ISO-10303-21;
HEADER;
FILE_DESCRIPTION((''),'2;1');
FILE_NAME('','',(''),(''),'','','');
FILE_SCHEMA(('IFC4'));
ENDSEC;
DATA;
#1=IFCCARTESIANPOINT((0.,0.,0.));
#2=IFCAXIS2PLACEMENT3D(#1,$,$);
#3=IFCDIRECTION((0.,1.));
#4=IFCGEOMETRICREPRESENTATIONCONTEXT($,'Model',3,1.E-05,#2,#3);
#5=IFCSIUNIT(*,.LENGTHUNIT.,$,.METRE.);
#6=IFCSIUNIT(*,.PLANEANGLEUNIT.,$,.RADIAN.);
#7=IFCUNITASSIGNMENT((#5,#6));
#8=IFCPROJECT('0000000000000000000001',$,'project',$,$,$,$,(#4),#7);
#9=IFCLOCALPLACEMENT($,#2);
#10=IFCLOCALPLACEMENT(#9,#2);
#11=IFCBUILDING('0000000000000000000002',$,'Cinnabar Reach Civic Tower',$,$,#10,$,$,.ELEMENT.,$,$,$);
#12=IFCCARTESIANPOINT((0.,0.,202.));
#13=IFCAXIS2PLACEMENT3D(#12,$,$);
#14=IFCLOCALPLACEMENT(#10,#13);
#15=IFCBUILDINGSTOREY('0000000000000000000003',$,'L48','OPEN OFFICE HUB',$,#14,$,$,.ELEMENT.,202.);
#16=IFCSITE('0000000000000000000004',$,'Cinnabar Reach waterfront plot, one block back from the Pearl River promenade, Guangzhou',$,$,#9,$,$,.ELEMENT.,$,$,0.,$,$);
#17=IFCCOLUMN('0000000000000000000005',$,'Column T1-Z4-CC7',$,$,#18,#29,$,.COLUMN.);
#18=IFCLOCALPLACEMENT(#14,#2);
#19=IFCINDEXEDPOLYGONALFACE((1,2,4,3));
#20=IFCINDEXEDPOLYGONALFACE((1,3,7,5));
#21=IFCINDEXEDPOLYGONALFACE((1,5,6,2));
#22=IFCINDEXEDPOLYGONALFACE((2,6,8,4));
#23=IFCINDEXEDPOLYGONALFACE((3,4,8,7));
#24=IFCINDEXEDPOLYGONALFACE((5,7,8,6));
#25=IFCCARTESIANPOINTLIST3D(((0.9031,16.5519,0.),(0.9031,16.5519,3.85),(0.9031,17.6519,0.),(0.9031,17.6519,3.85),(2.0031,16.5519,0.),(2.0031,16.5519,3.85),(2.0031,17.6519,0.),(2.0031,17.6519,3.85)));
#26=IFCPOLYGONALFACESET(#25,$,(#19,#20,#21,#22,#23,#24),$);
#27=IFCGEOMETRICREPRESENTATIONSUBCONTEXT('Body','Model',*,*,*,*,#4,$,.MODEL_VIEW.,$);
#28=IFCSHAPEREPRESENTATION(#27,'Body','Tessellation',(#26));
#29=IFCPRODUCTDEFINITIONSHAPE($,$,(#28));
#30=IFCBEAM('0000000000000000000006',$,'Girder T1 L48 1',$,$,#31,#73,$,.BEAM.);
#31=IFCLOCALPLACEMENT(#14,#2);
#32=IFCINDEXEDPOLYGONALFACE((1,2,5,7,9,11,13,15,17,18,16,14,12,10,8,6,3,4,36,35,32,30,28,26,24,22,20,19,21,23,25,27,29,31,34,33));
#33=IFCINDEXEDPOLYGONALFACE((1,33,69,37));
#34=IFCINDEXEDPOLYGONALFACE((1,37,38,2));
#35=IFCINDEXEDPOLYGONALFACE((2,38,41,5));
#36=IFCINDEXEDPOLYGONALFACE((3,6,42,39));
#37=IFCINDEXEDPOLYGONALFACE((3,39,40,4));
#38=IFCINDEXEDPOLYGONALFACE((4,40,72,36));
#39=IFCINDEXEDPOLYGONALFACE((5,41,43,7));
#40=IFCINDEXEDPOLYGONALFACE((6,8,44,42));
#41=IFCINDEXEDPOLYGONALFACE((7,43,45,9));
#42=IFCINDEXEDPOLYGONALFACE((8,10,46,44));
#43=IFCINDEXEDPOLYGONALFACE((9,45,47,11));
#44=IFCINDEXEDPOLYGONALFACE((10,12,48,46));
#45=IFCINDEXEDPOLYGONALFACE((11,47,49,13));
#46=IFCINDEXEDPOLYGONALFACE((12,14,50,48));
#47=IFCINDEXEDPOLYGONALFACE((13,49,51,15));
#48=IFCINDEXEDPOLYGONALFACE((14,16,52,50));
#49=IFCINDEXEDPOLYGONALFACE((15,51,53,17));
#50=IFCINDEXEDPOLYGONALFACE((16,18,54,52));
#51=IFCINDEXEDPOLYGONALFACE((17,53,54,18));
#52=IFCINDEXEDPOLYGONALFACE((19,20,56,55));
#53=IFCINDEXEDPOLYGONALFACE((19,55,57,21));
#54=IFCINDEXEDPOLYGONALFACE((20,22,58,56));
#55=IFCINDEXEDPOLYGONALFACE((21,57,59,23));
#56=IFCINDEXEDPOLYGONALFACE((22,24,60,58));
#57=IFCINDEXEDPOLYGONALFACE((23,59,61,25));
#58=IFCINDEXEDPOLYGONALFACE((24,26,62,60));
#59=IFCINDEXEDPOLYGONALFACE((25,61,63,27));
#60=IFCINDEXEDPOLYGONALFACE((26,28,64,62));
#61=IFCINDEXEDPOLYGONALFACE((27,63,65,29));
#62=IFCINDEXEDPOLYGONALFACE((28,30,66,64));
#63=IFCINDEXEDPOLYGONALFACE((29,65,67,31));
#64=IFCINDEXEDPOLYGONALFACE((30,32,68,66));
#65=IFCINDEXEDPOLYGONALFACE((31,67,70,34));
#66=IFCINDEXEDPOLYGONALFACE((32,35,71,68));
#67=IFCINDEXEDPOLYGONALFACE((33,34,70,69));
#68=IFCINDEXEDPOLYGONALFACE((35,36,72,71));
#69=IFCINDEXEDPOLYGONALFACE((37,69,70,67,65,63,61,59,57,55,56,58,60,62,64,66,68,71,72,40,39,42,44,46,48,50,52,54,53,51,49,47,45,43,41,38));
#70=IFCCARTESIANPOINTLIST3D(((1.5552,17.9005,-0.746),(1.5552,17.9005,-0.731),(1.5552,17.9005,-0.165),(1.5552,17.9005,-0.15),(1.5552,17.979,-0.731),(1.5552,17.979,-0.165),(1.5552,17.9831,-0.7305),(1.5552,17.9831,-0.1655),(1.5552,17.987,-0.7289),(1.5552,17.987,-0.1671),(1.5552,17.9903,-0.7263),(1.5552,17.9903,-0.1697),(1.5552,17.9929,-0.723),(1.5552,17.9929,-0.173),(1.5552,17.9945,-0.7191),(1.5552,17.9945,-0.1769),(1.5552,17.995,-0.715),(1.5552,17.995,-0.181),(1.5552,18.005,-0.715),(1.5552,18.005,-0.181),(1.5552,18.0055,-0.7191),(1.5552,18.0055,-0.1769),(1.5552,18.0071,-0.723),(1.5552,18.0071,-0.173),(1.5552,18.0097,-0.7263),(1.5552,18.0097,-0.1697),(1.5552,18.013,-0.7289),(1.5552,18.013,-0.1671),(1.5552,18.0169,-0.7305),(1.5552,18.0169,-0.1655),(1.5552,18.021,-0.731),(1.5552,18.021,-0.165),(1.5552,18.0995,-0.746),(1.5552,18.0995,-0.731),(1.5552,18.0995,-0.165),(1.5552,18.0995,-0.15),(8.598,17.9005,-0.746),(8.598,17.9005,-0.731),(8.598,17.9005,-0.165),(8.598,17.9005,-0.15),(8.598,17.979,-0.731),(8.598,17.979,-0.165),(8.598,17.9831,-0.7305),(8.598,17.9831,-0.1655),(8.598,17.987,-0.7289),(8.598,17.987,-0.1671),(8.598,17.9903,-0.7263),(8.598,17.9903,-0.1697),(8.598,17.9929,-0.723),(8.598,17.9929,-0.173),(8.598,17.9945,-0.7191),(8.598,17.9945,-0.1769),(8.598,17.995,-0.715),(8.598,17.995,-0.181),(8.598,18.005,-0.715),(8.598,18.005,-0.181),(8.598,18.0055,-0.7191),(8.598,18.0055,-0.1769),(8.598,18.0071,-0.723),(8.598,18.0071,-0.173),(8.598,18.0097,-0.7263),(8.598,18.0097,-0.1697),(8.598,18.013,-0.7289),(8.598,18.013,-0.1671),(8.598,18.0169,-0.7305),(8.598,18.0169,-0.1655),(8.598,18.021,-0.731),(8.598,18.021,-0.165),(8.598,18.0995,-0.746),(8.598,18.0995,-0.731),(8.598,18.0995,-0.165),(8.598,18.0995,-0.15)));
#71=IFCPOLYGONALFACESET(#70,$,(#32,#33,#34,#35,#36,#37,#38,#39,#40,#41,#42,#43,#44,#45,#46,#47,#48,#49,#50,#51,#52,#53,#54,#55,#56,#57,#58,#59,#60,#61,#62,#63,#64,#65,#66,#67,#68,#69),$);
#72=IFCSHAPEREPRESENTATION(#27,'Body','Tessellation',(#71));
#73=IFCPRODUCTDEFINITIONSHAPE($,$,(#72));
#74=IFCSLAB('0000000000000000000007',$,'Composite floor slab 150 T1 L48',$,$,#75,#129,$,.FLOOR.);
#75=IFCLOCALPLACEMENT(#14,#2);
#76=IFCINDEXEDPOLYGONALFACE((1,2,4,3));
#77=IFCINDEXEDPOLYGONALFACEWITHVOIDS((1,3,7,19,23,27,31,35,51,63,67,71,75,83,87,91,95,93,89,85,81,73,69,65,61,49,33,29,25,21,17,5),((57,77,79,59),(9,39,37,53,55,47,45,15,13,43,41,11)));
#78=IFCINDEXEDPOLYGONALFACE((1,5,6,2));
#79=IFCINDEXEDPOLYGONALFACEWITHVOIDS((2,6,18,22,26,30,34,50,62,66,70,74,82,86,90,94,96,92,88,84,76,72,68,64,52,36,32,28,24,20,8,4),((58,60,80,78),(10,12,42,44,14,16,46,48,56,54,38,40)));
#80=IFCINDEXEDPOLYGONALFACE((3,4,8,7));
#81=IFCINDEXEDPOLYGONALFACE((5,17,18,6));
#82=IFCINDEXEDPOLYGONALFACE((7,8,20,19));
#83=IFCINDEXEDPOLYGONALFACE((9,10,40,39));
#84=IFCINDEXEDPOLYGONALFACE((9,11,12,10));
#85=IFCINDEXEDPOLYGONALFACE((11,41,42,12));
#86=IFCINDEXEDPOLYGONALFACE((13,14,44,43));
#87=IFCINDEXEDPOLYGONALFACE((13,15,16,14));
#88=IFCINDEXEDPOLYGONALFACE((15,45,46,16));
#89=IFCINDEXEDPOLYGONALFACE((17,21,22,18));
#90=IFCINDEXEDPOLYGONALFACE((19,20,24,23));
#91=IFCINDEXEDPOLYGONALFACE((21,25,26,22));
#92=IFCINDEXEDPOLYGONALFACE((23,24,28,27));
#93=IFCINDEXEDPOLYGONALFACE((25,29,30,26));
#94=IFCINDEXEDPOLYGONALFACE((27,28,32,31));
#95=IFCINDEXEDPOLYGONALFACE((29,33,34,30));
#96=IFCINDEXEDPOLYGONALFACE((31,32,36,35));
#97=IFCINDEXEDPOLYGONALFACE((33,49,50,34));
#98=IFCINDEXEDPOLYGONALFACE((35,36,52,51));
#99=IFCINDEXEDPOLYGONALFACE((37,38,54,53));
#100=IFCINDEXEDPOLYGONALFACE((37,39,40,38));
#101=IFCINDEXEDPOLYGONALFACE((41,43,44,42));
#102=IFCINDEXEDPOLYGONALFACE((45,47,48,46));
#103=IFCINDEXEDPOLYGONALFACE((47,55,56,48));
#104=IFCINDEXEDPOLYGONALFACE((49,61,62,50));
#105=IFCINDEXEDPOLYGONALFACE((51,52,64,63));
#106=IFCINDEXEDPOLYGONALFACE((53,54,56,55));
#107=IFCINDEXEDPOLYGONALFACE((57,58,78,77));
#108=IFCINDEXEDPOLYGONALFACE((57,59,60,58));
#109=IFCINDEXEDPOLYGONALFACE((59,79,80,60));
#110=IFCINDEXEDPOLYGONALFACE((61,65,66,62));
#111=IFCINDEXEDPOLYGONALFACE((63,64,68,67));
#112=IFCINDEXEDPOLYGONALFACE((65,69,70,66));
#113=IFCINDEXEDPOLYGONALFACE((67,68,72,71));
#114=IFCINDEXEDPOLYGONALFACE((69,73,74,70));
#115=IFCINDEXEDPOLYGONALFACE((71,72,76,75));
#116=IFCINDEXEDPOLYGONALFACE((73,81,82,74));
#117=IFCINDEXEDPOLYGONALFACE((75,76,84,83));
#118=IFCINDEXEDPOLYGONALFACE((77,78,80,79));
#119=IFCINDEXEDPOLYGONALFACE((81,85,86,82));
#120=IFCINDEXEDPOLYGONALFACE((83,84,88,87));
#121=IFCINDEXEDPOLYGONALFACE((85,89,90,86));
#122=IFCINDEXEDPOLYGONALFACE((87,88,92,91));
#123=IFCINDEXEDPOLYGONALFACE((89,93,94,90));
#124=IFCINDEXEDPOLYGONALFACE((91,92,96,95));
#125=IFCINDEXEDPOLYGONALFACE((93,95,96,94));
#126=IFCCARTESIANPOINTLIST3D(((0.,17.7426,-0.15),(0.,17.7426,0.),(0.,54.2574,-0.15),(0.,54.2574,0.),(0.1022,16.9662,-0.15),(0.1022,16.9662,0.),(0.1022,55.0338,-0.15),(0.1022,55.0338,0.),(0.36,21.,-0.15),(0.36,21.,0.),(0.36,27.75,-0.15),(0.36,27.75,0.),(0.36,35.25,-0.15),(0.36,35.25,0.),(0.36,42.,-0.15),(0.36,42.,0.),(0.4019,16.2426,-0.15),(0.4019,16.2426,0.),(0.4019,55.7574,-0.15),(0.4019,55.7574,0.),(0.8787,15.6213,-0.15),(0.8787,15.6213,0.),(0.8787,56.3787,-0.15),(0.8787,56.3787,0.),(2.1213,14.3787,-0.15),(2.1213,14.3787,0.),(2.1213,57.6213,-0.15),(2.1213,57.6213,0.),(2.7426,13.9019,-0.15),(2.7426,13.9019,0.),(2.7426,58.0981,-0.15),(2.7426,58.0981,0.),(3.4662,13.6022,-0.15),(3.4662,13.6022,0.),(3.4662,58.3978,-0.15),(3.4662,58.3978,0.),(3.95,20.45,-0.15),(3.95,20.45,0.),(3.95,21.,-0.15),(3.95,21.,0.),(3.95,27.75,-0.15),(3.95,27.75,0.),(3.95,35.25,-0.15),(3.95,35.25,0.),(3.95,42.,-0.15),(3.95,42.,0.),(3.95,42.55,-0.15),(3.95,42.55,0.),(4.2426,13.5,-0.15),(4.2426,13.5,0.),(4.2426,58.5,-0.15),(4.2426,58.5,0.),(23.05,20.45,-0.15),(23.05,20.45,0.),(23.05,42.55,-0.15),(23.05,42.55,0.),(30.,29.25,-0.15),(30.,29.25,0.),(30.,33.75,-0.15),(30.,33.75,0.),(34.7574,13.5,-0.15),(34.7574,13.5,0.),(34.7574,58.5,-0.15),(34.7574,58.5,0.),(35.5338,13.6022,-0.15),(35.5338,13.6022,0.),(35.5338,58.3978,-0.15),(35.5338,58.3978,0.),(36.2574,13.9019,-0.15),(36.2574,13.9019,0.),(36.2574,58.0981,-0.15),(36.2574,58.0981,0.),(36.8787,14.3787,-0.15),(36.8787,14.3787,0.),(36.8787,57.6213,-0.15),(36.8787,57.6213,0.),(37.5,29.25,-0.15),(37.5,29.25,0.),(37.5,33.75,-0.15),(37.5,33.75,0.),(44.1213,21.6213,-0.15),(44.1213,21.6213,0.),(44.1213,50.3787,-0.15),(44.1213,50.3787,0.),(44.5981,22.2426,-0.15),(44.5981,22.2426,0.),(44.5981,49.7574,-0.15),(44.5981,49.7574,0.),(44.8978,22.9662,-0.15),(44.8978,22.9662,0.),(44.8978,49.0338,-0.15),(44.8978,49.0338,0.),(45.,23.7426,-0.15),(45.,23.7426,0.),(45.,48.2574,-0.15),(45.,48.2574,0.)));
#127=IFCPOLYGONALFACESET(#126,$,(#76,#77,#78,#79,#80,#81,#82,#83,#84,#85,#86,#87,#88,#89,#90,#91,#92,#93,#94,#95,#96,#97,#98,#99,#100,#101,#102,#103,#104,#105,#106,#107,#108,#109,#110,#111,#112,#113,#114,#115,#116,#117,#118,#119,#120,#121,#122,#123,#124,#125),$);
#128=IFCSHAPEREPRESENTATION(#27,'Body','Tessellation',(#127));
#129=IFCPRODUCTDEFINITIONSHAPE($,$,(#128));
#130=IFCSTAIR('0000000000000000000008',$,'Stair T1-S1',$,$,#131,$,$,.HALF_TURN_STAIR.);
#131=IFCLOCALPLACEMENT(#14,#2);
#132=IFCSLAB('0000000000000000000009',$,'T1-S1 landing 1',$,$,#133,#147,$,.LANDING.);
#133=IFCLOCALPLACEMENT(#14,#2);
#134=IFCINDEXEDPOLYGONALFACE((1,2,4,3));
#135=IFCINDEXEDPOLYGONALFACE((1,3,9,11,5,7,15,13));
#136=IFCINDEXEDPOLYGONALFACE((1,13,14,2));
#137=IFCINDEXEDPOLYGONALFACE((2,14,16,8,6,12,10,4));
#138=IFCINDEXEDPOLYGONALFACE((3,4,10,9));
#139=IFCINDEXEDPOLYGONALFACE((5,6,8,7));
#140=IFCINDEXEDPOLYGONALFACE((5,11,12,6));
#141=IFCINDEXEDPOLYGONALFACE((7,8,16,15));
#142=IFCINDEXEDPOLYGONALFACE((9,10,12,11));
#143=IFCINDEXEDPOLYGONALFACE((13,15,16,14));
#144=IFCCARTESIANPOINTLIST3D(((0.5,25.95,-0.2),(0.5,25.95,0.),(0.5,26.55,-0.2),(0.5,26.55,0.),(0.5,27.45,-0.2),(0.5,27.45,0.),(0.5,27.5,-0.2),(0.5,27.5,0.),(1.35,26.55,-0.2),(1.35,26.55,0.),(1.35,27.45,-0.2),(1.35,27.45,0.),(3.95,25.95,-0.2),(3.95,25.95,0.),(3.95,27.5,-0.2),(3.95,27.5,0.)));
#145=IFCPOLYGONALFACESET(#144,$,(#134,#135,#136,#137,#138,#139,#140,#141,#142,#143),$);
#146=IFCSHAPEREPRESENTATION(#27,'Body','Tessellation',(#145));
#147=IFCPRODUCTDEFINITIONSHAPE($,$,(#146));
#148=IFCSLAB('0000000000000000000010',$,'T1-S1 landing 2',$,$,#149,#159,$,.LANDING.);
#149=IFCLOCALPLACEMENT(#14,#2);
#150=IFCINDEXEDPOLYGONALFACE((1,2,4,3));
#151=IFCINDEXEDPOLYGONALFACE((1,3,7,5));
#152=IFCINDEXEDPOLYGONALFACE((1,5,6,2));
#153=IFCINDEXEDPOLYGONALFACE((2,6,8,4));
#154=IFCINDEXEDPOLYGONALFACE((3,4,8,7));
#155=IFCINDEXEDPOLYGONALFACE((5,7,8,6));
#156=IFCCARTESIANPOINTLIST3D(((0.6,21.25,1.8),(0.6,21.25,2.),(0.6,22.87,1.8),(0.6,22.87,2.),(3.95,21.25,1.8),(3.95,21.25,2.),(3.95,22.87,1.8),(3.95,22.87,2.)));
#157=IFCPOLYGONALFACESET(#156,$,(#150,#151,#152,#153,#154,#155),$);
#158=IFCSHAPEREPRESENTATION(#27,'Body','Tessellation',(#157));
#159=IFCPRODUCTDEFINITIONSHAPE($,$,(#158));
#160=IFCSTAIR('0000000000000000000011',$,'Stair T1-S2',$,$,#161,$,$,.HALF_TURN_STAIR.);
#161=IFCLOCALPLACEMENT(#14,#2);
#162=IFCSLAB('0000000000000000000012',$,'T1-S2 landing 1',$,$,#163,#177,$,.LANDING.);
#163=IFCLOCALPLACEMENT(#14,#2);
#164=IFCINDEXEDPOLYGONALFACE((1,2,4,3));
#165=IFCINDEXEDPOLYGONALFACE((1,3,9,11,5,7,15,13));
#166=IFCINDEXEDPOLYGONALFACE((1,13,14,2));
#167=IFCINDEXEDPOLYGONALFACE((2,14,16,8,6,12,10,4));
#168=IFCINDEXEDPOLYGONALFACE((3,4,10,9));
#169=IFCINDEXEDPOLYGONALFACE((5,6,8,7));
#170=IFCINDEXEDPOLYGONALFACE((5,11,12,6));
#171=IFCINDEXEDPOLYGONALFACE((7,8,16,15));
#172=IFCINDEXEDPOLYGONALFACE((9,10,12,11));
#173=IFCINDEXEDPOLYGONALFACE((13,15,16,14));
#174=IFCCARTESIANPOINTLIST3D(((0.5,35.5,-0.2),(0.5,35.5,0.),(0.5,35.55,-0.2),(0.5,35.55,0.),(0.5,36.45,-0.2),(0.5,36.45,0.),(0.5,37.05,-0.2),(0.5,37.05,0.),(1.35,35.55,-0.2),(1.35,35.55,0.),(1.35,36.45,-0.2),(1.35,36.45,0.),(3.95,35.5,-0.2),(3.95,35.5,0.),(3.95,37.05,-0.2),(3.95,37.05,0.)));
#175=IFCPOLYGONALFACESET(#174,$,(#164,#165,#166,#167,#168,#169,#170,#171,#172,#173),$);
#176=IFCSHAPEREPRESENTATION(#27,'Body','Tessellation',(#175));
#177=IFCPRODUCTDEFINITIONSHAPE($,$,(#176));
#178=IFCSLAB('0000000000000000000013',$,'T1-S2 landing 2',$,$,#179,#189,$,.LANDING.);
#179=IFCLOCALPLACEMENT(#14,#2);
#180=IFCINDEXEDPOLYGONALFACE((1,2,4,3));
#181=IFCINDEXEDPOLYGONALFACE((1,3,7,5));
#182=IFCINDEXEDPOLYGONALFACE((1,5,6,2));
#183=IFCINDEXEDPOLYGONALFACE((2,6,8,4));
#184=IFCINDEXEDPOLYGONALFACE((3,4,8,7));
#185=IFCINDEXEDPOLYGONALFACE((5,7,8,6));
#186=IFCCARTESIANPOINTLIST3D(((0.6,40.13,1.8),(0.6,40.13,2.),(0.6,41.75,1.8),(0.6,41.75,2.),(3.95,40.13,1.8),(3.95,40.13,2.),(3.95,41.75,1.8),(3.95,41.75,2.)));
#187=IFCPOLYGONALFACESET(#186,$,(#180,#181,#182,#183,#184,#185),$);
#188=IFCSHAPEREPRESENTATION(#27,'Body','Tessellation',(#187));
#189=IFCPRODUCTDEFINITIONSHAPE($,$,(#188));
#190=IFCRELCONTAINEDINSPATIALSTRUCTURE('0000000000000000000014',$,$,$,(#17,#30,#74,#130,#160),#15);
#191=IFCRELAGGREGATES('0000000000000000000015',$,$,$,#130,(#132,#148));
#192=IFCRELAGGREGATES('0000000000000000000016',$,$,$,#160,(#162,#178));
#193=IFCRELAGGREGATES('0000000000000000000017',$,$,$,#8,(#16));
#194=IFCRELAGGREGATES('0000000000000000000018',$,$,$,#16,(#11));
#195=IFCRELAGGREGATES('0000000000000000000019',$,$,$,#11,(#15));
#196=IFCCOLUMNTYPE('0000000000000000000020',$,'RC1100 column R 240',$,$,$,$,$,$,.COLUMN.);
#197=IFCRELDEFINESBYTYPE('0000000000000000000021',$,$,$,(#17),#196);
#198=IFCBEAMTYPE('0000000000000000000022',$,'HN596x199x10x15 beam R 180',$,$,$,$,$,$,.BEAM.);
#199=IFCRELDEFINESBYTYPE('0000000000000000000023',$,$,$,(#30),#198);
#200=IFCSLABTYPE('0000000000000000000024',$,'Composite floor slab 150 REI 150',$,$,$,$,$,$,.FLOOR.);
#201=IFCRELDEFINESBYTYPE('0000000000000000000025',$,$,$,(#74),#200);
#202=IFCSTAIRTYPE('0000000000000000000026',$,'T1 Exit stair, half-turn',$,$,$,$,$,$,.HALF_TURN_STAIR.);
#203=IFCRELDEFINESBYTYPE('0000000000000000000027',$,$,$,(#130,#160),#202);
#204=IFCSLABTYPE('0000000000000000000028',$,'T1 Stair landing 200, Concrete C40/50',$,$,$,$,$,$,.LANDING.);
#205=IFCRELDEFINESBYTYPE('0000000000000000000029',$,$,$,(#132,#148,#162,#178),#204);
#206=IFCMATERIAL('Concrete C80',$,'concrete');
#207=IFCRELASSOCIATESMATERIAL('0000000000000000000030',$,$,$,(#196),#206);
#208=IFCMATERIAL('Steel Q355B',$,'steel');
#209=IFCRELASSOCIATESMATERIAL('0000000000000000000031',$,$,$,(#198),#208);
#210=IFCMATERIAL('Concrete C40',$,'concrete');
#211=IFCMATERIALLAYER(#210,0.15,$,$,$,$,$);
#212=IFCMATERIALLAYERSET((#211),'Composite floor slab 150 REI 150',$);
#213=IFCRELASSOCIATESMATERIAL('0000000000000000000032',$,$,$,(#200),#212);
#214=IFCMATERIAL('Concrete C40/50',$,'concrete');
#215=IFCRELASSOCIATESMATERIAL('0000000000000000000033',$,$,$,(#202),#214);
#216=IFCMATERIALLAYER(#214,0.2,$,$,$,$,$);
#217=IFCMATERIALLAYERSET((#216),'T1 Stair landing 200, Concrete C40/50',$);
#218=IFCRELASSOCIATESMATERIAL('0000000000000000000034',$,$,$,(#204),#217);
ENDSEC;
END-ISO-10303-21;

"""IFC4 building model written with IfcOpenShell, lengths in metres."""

from ifc_helpers import new_model, si_unit, direction, frame, origin, origin_2d, place, context, subcontext, project, spatial, polyline, rectangle, i_section, outline, extrude, material, layer, layer_set, material_profile, profile_set, type_object, element, aggregate, save


model = new_model("IFC4")

# Units and contexts
model_context = context("Model", 3, precision=1e-05, world=origin(), true_north=direction((0.0, 1.0)))
body_context = subcontext(model_context, "Body", "Model", "MODEL_VIEW")
ifc_project = project(units=[si_unit("LENGTHUNIT", "METRE"), si_unit("PLANEANGLEUNIT", "RADIAN")], contexts=[model_context])

# Site, building, storey
site_placement = place(None, origin())
site = spatial("IfcSite", under=ifc_project, at=site_placement, Name="Cinnabar Reach waterfront plot, one block back from the Pearl River promenade, Guangzhou", CompositionType="ELEMENT", RefElevation=0.0)
building_placement = place(site_placement, origin())
building = spatial("IfcBuilding", under=site, at=building_placement, Name="Cinnabar Reach Civic Tower", CompositionType="ELEMENT")
storey_placement = place(building_placement, frame((0.0, 0.0, 202.0)))
storey = spatial("IfcBuildingStorey", under=building, at=storey_placement, Name="L48", Description="OPEN OFFICE HUB", CompositionType="ELEMENT", Elevation=202.0)

# Column
ifc_material_1 = material(Name="Concrete C80", Category="concrete")
ifc_material_profile_1 = material_profile(ifc_material_1, rectangle(XDim=1.1, YDim=1.1, at=origin_2d()), Name="RC1100")
ifc_profile_set_1 = profile_set([ifc_material_profile_1], Name="Concrete C80")
column_type = type_object("IfcColumnType", Name="RC1100 column R 240", PredefinedType="COLUMN", material=ifc_profile_set_1)
column_placement = place(storey_placement, frame((1.4531, 17.1019, 0.0), z_axis=(0.0, 0.0, 1.0), x_axis=(1.0, 0.0, 0.0)))
element("IfcColumn", 1, at=column_placement, inside=storey, type_object=column_type, Name="Column T1-Z4-CC7", PredefinedType="COLUMN", context=body_context, shape_type="SweptSolid", body=[
    extrude(rectangle(XDim=1.1, YDim=1.1, at=origin_2d()), origin(), (0.0, 0.0, 1.0), 3.85),
])

# Beam
ifc_material_2 = material(Name="Steel Q355B", Category="steel")
ifc_material_profile_2 = material_profile(ifc_material_2, i_section(OverallWidth=0.199, OverallDepth=0.596, WebThickness=0.01, FlangeThickness=0.015, FilletRadius=0.016, at=origin_2d()), Name="HN596x199x10x15")
ifc_profile_set_2 = profile_set([ifc_material_profile_2], Name="Steel Q355B")
beam_type = type_object("IfcBeamType", Name="HN596x199x10x15 beam R 180", PredefinedType="BEAM", material=ifc_profile_set_2)
beam_placement = place(storey_placement, frame((1.5552, 18.0, -0.448), z_axis=(1.0, 0.0, 0.0), x_axis=(0.0, 1.0, 0.0)))
element("IfcBeam", 2, at=beam_placement, inside=storey, type_object=beam_type, Name="Girder T1 L48 1", PredefinedType="BEAM", context=body_context, shape_type="SweptSolid", body=[
    extrude(i_section(OverallWidth=0.199, OverallDepth=0.596, WebThickness=0.01, FlangeThickness=0.015, FilletRadius=0.016, at=origin_2d()), origin(), (0.0, 0.0, 1.0), 7.0428),
])

# Slab
ifc_material_3 = material(Name="Concrete C40", Category="concrete")
ifc_layer_1 = layer(ifc_material_3, 0.15)
ifc_layer_set_1 = layer_set([ifc_layer_1], Name="Composite floor slab 150 REI 150")
slab_type_1 = type_object("IfcSlabType", Name="Composite floor slab 150 REI 150", PredefinedType="FLOOR", material=ifc_layer_set_1)
slab_1_placement = place(storey_placement, frame((0.0, 0.0, -0.15)))
element("IfcSlab", 3, at=slab_1_placement, inside=storey, type_object=slab_type_1, Name="Composite floor slab 150 T1 L48", PredefinedType="FLOOR", context=body_context, shape_type="SweptSolid", body=[
    extrude(outline(polyline([(0.8787, 15.6213), (0.4019, 16.2426), (0.1022, 16.9662), (0.0, 17.7426), (0.0, 54.2574), (0.1022, 55.0338), (0.4019, 55.7574), (0.8787, 56.3787), (2.1213, 57.6213), (2.7426, 58.0981), (3.4662, 58.3978), (4.2426, 58.5), (34.7574, 58.5), (35.5338, 58.3978), (36.2574, 58.0981), (36.8787, 57.6213), (44.1213, 50.3787), (44.5981, 49.7574), (44.8978, 49.0338), (45.0, 48.2574), (45.0, 23.7426), (44.8978, 22.9662), (44.5981, 22.2426), (44.1213, 21.6213), (36.8787, 14.3787), (36.2574, 13.9019), (35.5338, 13.6022), (34.7574, 13.5), (4.2426, 13.5), (3.4662, 13.6022), (2.7426, 13.9019), (2.1213, 14.3787), (0.8787, 15.6213)]), holes=[polyline([(0.36, 21.0), (3.95, 21.0), (3.95, 20.45), (23.05, 20.45), (23.05, 42.55), (3.95, 42.55), (3.95, 42.0), (0.36, 42.0), (0.36, 35.25), (3.95, 35.25), (3.95, 27.75), (0.36, 27.75), (0.36, 21.0)]), polyline([(30.0, 33.75), (30.0, 29.25), (37.5, 29.25), (37.5, 33.75), (30.0, 33.75)])]), origin(), (0.0, 0.0, 1.0), 0.15),
])

# Stairs, slabs
ifc_material_4 = material(Name="Concrete C40/50", Category="concrete")
stair_type = type_object("IfcStairType", Name="T1 Exit stair, half-turn", PredefinedType="HALF_TURN_STAIR", material=ifc_material_4)
stair_1_placement = place(storey_placement, origin())
stair_1 = element("IfcStair", 4, at=stair_1_placement, inside=storey, type_object=stair_type, Name="Stair T1-S1", PredefinedType="HALF_TURN_STAIR")
ifc_layer_2 = layer(ifc_material_4, 0.2)
ifc_layer_set_2 = layer_set([ifc_layer_2], Name="T1 Stair landing 200, Concrete C40/50")
slab_type_2 = type_object("IfcSlabType", Name="T1 Stair landing 200, Concrete C40/50", PredefinedType="LANDING", material=ifc_layer_set_2)
slab_2_placement = place(storey_placement, frame((0.0, 0.0, -0.2)))
slab_2 = element("IfcSlab", 5, at=slab_2_placement, type_object=slab_type_2, Name="T1-S1 landing 1", PredefinedType="LANDING", context=body_context, shape_type="SweptSolid", body=[
    extrude(outline(polyline([(0.5, 27.5), (3.95, 27.5), (3.95, 25.95), (0.5, 25.95), (0.5, 26.55), (1.35, 26.55), (1.35, 27.45), (0.5, 27.45), (0.5, 27.5)])), origin(), (0.0, 0.0, 1.0), 0.2),
])
slab_3_placement = place(storey_placement, frame((0.0, 0.0, 1.8)))
slab_3 = element("IfcSlab", 6, at=slab_3_placement, type_object=slab_type_2, Name="T1-S1 landing 2", PredefinedType="LANDING", context=body_context, shape_type="SweptSolid", body=[
    extrude(outline(polyline([(0.6, 21.25), (0.6, 22.87), (3.95, 22.87), (3.95, 21.25), (0.6, 21.25)])), origin(), (0.0, 0.0, 1.0), 0.2),
])
aggregate(stair_1, [slab_2, slab_3])
stair_2_placement = place(storey_placement, origin())
stair_2 = element("IfcStair", 7, at=stair_2_placement, inside=storey, type_object=stair_type, Name="Stair T1-S2", PredefinedType="HALF_TURN_STAIR")
slab_4_placement = place(storey_placement, frame((0.0, 0.0, -0.2)))
slab_4 = element("IfcSlab", 8, at=slab_4_placement, type_object=slab_type_2, Name="T1-S2 landing 1", PredefinedType="LANDING", context=body_context, shape_type="SweptSolid", body=[
    extrude(outline(polyline([(0.5, 37.05), (3.95, 37.05), (3.95, 35.5), (0.5, 35.5), (0.5, 35.55), (1.35, 35.55), (1.35, 36.45), (0.5, 36.45), (0.5, 37.05)])), origin(), (0.0, 0.0, 1.0), 0.2),
])
slab_5_placement = place(storey_placement, frame((0.0, 0.0, 1.8)))
slab_5 = element("IfcSlab", 9, at=slab_5_placement, type_object=slab_type_2, Name="T1-S2 landing 2", PredefinedType="LANDING", context=body_context, shape_type="SweptSolid", body=[
    extrude(outline(polyline([(0.6, 40.13), (0.6, 41.75), (3.95, 41.75), (3.95, 40.13), (0.6, 40.13)])), origin(), (0.0, 0.0, 1.0), 0.2),
])
aggregate(stair_2, [slab_4, slab_5])

save(model, "model.ifc")
